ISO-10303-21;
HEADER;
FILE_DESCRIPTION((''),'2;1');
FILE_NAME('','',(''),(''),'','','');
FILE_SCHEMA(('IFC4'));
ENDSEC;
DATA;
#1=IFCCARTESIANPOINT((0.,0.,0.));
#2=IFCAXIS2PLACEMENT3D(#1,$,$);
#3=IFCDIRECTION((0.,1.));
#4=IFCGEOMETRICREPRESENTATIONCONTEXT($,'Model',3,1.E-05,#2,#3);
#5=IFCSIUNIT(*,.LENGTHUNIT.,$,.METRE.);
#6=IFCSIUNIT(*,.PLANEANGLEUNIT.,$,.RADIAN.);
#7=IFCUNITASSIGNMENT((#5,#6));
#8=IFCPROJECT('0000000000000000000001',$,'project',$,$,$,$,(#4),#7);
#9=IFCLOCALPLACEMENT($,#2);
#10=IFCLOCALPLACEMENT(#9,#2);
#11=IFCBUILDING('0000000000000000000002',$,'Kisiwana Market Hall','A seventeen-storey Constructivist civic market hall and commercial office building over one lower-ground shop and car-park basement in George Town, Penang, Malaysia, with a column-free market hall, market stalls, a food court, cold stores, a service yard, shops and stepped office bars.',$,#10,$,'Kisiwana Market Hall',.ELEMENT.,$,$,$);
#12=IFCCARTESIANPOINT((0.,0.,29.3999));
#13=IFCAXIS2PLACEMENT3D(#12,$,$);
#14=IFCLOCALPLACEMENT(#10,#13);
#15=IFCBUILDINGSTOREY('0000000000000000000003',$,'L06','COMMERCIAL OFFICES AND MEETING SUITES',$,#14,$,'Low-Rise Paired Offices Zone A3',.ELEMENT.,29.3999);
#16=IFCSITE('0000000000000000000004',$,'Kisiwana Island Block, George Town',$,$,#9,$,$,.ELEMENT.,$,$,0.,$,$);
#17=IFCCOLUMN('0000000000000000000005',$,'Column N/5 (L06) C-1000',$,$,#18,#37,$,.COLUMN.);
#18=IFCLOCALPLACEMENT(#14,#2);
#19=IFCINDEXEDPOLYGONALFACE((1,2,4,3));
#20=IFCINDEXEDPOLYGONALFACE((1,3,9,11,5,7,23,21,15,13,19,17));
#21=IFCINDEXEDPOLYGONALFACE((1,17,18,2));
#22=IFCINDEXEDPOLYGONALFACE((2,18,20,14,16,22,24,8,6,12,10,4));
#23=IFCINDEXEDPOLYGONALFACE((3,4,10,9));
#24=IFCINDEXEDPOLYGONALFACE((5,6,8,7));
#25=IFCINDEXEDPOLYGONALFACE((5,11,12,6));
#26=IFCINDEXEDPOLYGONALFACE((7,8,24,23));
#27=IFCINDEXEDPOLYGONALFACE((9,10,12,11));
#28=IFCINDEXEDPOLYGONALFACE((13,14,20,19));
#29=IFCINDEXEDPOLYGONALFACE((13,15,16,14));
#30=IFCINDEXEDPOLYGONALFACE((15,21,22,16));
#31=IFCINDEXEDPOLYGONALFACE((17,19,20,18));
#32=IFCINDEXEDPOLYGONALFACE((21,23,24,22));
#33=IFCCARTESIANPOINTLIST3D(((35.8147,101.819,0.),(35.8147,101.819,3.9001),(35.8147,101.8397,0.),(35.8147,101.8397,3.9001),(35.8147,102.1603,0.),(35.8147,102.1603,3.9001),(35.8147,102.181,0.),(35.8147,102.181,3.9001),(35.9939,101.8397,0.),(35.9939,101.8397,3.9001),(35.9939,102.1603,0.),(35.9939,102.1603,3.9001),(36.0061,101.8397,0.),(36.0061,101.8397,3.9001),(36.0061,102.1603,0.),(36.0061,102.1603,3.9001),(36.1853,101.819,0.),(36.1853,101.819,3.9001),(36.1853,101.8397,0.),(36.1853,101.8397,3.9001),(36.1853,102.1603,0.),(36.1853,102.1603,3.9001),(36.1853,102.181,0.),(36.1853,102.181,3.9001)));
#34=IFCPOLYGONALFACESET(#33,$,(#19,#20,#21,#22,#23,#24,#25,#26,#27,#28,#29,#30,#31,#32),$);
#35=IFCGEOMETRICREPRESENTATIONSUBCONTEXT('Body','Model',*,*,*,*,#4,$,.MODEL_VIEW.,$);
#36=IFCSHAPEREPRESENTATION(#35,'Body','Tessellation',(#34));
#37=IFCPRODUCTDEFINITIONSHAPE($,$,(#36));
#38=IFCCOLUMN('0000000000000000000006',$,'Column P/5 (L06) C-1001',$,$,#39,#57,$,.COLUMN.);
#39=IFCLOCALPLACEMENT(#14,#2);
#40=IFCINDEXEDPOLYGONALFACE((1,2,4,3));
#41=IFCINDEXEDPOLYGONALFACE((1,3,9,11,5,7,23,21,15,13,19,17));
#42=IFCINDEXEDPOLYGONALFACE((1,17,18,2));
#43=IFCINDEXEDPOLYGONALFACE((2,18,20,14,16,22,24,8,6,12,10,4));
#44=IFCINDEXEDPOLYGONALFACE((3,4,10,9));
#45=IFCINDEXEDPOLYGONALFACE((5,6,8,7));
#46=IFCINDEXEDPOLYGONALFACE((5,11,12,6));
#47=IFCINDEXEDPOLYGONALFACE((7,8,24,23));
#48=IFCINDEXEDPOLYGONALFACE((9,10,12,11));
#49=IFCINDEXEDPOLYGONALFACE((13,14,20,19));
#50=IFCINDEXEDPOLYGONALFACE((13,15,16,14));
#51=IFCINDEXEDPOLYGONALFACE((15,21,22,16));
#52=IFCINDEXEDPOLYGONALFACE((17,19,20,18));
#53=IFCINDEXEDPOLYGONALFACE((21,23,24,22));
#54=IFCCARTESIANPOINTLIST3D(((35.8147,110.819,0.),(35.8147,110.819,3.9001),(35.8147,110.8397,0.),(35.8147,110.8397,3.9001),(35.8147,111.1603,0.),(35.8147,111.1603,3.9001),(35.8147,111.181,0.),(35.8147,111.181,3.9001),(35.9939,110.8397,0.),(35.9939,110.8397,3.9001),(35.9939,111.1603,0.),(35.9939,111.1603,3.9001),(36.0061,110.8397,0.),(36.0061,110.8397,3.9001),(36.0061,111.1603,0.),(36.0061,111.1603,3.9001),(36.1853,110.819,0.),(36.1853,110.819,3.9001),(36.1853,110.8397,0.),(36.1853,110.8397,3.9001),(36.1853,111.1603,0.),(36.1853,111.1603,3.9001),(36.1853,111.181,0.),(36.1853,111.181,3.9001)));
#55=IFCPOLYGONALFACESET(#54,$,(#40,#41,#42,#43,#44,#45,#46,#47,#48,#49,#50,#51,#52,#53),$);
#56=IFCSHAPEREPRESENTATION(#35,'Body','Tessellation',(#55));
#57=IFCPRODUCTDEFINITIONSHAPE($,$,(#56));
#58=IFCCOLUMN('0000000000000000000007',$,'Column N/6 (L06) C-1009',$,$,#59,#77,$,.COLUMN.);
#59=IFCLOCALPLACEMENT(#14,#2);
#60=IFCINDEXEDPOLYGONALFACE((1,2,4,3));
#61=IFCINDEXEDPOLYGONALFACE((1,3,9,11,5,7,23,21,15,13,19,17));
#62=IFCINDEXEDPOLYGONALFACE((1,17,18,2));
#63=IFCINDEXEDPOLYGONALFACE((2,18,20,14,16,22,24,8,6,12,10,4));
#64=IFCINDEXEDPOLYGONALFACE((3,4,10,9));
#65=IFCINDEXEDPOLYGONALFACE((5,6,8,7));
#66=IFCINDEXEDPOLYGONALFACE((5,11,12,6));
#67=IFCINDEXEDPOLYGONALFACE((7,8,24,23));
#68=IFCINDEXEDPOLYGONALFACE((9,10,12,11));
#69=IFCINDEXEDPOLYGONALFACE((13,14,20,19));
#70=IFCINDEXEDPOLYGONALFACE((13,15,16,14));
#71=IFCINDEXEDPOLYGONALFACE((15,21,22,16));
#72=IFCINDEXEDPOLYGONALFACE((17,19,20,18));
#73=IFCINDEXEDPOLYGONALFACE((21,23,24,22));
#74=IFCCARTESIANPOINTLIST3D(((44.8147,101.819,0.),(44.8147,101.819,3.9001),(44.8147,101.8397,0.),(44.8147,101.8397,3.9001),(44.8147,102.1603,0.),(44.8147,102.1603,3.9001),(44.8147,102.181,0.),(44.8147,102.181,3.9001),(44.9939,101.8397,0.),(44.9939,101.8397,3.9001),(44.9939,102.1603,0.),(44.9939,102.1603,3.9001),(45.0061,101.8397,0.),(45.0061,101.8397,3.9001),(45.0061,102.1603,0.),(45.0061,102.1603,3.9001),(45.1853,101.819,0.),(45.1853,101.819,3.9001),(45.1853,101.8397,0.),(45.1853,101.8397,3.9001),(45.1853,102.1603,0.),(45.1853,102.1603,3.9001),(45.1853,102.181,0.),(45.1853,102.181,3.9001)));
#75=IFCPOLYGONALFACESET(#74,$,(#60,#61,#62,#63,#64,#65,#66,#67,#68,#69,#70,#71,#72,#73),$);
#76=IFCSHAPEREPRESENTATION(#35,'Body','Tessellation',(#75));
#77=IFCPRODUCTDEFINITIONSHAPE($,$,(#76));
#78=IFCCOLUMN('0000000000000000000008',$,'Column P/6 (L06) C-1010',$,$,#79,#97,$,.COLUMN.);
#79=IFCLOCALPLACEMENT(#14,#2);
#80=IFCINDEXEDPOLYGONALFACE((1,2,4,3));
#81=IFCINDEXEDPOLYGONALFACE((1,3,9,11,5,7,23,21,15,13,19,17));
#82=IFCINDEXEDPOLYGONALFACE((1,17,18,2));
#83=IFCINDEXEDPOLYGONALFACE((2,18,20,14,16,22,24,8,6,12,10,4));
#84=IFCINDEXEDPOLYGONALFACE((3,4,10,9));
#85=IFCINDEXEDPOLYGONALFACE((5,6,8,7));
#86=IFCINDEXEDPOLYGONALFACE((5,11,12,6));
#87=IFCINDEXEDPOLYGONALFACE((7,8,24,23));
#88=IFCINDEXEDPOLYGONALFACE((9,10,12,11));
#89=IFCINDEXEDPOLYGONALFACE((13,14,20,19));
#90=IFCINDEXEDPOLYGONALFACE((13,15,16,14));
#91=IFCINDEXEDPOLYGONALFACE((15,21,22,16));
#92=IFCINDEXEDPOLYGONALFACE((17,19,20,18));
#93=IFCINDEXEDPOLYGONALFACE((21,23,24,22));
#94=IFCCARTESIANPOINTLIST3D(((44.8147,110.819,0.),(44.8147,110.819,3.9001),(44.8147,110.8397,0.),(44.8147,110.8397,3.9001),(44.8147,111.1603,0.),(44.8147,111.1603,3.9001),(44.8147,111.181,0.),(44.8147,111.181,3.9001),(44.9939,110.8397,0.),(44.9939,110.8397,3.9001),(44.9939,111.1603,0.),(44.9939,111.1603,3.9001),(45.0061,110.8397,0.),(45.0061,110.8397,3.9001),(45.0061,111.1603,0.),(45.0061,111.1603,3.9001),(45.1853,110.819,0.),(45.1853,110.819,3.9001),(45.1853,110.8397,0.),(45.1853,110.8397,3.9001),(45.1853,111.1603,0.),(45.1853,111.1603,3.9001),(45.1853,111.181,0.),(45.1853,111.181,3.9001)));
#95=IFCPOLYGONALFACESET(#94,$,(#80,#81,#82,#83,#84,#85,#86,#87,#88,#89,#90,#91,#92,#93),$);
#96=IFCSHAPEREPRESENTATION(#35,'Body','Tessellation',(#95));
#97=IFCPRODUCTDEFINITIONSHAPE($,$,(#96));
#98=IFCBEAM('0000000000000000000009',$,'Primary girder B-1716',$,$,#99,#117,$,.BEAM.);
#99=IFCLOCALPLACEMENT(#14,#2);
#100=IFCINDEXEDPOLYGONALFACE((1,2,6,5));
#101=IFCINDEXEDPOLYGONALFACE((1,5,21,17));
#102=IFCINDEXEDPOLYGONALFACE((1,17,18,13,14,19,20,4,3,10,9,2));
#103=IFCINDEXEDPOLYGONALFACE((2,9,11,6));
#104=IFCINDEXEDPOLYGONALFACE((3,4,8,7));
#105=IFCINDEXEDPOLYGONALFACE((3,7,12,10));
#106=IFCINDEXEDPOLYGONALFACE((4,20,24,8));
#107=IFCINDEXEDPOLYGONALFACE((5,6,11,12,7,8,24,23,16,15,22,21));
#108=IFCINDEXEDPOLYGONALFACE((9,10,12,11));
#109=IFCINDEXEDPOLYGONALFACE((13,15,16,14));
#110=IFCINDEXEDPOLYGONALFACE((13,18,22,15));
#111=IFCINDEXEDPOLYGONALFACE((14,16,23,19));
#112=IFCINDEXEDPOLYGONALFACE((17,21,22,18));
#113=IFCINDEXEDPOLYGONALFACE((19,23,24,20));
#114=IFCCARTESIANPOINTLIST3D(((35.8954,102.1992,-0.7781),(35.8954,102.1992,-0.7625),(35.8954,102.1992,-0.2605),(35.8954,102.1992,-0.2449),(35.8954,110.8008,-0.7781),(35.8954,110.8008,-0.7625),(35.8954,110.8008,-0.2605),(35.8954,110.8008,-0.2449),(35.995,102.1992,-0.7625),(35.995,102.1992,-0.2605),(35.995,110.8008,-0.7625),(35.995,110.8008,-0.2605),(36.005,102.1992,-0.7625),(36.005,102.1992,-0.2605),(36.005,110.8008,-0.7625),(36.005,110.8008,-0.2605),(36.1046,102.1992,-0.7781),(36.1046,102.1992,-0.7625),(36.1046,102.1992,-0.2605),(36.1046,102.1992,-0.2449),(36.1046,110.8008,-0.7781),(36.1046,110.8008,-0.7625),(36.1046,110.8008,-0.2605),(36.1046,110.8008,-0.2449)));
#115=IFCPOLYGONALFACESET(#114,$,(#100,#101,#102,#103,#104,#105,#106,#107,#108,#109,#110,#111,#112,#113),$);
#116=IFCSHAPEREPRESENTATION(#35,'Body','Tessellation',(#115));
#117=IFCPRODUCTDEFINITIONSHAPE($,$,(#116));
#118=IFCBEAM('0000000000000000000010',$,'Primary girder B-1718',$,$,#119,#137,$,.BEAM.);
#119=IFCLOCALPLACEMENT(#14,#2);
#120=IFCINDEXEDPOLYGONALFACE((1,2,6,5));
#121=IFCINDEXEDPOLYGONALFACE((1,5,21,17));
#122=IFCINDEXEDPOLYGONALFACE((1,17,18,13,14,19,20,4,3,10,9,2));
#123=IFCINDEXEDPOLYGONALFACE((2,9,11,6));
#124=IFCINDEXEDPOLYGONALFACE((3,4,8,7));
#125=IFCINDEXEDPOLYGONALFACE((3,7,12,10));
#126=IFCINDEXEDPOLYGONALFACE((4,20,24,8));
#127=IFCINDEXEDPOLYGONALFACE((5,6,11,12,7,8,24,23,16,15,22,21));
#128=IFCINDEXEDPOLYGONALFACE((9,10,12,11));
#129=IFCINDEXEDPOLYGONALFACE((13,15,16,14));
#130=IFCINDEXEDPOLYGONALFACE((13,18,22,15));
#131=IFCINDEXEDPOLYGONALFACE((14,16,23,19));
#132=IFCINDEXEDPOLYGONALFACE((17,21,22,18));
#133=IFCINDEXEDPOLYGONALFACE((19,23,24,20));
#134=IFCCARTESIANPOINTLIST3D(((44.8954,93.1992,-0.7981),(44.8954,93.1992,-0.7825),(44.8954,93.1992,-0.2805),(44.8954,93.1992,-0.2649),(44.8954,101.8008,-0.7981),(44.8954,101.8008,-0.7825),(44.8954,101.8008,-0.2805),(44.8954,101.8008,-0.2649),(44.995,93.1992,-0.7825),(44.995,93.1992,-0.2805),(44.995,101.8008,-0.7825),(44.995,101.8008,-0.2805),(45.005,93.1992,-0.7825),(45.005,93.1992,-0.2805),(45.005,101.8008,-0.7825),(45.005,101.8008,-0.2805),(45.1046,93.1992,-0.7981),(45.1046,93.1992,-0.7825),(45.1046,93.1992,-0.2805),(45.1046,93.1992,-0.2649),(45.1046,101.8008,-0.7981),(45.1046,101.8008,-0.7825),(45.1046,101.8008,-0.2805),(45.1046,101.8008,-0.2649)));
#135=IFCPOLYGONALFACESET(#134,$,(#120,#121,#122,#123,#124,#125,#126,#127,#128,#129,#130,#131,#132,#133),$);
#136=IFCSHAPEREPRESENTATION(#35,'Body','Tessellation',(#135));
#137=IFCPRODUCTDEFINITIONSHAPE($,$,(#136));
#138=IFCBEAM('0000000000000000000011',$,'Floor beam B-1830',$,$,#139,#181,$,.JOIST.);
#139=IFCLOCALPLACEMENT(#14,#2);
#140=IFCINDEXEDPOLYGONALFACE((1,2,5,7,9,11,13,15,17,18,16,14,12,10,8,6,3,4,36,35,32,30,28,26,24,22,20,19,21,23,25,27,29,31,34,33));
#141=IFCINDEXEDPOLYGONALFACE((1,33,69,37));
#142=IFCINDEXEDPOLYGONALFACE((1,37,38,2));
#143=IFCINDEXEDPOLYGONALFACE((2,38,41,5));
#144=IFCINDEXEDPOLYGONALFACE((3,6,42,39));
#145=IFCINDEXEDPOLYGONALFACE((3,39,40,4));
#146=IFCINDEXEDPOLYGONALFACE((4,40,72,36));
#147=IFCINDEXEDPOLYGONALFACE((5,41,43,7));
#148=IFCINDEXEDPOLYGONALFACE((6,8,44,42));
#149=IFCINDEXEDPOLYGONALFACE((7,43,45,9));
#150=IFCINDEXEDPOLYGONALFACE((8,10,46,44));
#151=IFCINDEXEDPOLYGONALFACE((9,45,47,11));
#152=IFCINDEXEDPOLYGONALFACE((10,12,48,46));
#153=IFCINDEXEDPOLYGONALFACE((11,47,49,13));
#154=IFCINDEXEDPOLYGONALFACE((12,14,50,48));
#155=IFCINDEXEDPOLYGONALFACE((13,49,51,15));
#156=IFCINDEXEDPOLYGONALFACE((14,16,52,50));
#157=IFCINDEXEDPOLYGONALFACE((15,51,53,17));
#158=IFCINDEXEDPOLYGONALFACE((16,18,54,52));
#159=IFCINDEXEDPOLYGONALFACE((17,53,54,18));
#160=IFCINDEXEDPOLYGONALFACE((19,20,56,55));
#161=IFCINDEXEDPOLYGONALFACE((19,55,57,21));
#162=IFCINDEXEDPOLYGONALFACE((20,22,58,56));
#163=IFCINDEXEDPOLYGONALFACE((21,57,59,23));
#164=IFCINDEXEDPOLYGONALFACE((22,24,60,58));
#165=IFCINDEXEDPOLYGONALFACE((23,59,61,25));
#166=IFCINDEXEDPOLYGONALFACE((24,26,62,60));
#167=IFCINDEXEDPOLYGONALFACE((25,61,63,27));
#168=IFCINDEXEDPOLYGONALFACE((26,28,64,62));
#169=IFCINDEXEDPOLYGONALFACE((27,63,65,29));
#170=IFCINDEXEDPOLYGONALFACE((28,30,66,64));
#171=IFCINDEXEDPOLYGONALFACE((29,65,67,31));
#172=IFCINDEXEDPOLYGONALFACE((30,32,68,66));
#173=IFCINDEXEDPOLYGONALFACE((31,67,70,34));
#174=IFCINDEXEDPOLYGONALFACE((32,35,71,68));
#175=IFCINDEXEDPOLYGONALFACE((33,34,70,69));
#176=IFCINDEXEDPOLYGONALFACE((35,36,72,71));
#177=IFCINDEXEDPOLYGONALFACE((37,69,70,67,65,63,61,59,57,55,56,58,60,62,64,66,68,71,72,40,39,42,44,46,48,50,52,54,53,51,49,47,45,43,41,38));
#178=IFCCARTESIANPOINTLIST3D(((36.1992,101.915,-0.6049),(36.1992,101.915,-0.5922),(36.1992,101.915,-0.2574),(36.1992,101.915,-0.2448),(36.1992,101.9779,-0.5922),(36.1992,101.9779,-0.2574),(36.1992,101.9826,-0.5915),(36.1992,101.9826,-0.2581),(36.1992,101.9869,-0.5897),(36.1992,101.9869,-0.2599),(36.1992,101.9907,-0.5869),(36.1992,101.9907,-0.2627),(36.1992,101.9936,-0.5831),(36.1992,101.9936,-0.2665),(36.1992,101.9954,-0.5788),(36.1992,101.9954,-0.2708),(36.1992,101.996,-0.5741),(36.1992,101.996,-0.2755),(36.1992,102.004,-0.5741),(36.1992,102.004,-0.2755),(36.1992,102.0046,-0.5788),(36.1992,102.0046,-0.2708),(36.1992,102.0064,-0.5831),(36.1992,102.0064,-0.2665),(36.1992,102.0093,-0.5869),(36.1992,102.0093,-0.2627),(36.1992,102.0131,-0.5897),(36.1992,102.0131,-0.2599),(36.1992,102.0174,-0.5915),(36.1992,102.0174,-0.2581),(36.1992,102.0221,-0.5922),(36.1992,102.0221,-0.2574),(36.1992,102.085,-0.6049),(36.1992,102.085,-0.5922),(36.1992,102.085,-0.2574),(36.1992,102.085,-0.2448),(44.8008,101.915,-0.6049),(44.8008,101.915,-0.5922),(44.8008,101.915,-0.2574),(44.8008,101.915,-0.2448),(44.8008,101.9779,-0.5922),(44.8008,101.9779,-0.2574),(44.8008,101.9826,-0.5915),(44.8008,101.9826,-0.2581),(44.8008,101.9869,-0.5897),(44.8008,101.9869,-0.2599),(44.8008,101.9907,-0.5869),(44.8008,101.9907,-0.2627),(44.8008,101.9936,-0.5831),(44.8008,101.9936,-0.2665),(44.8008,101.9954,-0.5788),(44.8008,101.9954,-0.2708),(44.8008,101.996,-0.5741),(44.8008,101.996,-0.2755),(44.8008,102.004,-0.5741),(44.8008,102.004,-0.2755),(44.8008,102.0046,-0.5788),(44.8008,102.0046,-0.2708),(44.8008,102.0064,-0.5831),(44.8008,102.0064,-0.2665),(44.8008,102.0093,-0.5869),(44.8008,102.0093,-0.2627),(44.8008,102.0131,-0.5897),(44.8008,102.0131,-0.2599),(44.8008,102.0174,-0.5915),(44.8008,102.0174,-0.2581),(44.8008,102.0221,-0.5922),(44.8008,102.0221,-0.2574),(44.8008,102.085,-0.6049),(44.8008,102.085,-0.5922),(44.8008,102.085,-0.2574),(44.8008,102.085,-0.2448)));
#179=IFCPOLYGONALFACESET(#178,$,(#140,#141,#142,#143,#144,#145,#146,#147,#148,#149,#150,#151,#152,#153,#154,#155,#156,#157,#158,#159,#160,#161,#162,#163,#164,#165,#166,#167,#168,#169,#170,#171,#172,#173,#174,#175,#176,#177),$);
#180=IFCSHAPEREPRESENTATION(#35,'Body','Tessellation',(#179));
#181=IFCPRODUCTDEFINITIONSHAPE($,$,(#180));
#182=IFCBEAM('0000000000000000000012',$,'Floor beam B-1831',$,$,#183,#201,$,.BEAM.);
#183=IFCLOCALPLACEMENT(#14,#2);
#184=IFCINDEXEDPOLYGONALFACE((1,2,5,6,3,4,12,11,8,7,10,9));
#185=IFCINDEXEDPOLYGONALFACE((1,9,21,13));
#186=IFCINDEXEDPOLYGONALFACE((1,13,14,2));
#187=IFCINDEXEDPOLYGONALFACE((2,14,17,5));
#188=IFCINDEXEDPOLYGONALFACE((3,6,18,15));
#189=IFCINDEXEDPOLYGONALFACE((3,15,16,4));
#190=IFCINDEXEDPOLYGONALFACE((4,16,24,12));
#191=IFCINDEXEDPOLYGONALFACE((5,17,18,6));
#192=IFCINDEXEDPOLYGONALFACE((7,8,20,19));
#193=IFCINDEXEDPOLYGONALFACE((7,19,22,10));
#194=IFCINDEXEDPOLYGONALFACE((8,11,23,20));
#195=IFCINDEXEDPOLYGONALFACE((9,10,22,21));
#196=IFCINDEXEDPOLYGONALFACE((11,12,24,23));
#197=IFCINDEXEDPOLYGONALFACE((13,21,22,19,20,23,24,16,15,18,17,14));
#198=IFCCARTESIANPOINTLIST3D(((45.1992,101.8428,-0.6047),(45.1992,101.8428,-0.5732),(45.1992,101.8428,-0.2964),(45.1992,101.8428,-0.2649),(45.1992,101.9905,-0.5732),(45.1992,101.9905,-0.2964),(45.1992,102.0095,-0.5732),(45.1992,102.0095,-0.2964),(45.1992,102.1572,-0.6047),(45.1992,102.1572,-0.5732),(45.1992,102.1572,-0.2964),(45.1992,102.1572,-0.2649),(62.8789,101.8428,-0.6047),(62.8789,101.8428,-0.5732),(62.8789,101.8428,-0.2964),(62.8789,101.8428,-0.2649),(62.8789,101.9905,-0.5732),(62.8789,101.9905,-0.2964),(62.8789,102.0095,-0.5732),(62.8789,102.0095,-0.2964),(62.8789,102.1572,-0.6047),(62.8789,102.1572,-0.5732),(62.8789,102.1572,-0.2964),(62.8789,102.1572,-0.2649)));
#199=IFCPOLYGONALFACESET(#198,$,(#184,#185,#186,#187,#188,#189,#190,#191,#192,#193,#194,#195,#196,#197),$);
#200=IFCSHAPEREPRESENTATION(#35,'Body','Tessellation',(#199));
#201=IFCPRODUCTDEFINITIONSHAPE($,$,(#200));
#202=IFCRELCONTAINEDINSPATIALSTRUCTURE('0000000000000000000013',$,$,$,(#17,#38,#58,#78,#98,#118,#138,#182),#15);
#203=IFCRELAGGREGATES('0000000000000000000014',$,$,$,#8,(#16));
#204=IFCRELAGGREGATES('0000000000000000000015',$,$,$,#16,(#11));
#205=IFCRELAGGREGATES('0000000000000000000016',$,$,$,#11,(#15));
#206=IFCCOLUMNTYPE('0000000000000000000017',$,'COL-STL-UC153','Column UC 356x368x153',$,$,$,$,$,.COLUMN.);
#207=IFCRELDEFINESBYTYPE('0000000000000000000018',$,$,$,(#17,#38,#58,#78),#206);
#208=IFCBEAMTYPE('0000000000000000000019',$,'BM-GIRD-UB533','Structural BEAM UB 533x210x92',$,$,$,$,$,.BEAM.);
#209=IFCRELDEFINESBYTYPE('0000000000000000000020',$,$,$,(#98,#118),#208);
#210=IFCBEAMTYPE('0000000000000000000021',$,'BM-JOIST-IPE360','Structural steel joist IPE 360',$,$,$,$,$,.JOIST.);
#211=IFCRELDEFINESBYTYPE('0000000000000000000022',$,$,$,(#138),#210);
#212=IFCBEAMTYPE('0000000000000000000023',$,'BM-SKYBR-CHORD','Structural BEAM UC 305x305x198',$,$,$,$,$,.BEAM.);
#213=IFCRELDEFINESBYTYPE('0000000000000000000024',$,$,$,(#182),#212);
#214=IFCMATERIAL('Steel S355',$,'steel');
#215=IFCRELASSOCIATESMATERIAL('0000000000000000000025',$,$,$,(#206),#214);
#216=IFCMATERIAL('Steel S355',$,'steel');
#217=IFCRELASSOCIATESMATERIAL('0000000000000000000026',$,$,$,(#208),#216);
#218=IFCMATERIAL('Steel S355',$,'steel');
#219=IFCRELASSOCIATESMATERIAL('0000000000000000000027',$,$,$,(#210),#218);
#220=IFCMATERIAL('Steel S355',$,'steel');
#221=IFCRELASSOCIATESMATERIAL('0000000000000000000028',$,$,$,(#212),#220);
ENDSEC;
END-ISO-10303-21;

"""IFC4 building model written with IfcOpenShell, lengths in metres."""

from ifc_helpers import new_model, si_unit, direction, frame, origin, origin_2d, place, context, subcontext, project, spatial, i_section, extrude, material, material_profile, profile_set, type_object, element, save


model = new_model("IFC4")

# Units and contexts
model_context = context("Model", 3, precision=1e-05, world=origin(), true_north=direction((0.0, 1.0)))
body_context = subcontext(model_context, "Body", "Model", "MODEL_VIEW")
ifc_project = project(units=[si_unit("LENGTHUNIT", "METRE"), si_unit("PLANEANGLEUNIT", "RADIAN")], contexts=[model_context])

# Site, building, storey
site_placement = place(None, origin())
site = spatial("IfcSite", under=ifc_project, at=site_placement, Name="Kisiwana Island Block, George Town", CompositionType="ELEMENT", RefElevation=0.0)
building_placement = place(site_placement, origin())
building = spatial("IfcBuilding", under=site, at=building_placement, Name="Kisiwana Market Hall", Description="A seventeen-storey Constructivist civic market hall and commercial office building over one lower-ground shop and car-park basement in George Town, Penang, Malaysia, with a column-free market hall, market stalls, a food court, cold stores, a service yard, shops and stepped office bars.", LongName="Kisiwana Market Hall", CompositionType="ELEMENT")
storey_placement = place(building_placement, frame((0.0, 0.0, 29.3999)))
storey = spatial("IfcBuildingStorey", under=building, at=storey_placement, Name="L06", Description="COMMERCIAL OFFICES AND MEETING SUITES", LongName="Low-Rise Paired Offices Zone A3", CompositionType="ELEMENT", Elevation=29.3999)

# Columns
ifc_material_1 = material(Name="Steel S355", Category="steel")
ifc_material_profile_1 = material_profile(ifc_material_1, i_section(OverallWidth=0.3706, OverallDepth=0.3621, WebThickness=0.0122, FlangeThickness=0.0208, at=origin_2d()), Name="UC 356x368x153")
ifc_profile_set_1 = profile_set([ifc_material_profile_1], Name="Steel S355")
column_type = type_object("IfcColumnType", Name="COL-STL-UC153", Description="Column UC 356x368x153", PredefinedType="COLUMN", material=ifc_profile_set_1)
for number, where, z_axis, x_axis, name in (
    (1, (36.0, 102.0, 0.0), (0.0, 0.0, 1.0), (1.0, 0.0, 0.0), "Column N/5 (L06) C-1000"),
    (2, (36.0, 111.0, 0.0), (0.0, 0.0, 1.0), (1.0, 0.0, 0.0), "Column P/5 (L06) C-1001"),
    (3, (45.0, 102.0, 0.0), (0.0, 0.0, 1.0), (1.0, 0.0, 0.0), "Column N/6 (L06) C-1009"),
    (4, (45.0, 111.0, 0.0), (0.0, 0.0, 1.0), (1.0, 0.0, 0.0), "Column P/6 (L06) C-1010"),
):
    element("IfcColumn", number, at=place(storey_placement, frame(where, z_axis=z_axis, x_axis=x_axis)), inside=storey, type_object=column_type, Name=name, PredefinedType="COLUMN", context=body_context, shape_type="SweptSolid", body=[
        extrude(i_section(OverallWidth=0.3706, OverallDepth=0.3621, WebThickness=0.0122, FlangeThickness=0.0208, at=origin_2d()), origin(), (0.0, 0.0, 1.0), 3.9001),
    ])

# Beams
ifc_material_2 = material(Name="Steel S355", Category="steel")
ifc_material_profile_2 = material_profile(ifc_material_2, i_section(OverallWidth=0.2092, OverallDepth=0.5332, WebThickness=0.01, FlangeThickness=0.0156, at=origin_2d()), Name="UB 533x210x92")
ifc_profile_set_2 = profile_set([ifc_material_profile_2], Name="Steel S355")
beam_type_1 = type_object("IfcBeamType", Name="BM-GIRD-UB533", Description="Structural BEAM UB 533x210x92", PredefinedType="BEAM", material=ifc_profile_set_2)
for number, where, z_axis, x_axis, name in (
    (5, (36.0, 102.1992, -0.5115), (0.0, 1.0, 0.0), (-1.0, 0.0, 0.0), "Primary girder B-1716"),
    (6, (45.0, 93.1992, -0.5315), (0.0, 1.0, 0.0), (-1.0, 0.0, 0.0), "Primary girder B-1718"),
):
    element("IfcBeam", number, at=place(storey_placement, frame(where, z_axis=z_axis, x_axis=x_axis)), inside=storey, type_object=beam_type_1, Name=name, PredefinedType="BEAM", context=body_context, shape_type="SweptSolid", body=[
        extrude(i_section(OverallWidth=0.2092, OverallDepth=0.5332, WebThickness=0.01, FlangeThickness=0.0156, at=origin_2d()), origin(), (0.0, 0.0, 1.0), 8.6016),
    ])
ifc_material_3 = material(Name="Steel S355", Category="steel")
ifc_material_profile_3 = material_profile(ifc_material_3, i_section(OverallWidth=0.1699, OverallDepth=0.3601, WebThickness=0.0081, FlangeThickness=0.0127, FilletRadius=0.0181, at=origin_2d()), Name="IPE 360")
ifc_profile_set_3 = profile_set([ifc_material_profile_3], Name="Steel S355")
beam_type_2 = type_object("IfcBeamType", Name="BM-JOIST-IPE360", Description="Structural steel joist IPE 360", PredefinedType="JOIST", material=ifc_profile_set_3)
beam_1_placement = place(storey_placement, frame((36.1992, 102.0, -0.4248), z_axis=(1.0, 0.0, 0.0), x_axis=(0.0, 1.0, 0.0)))
element("IfcBeam", 7, at=beam_1_placement, inside=storey, type_object=beam_type_2, Name="Floor beam B-1830", PredefinedType="JOIST", context=body_context, shape_type="SweptSolid", body=[
    extrude(i_section(OverallWidth=0.1699, OverallDepth=0.3601, WebThickness=0.0081, FlangeThickness=0.0127, FilletRadius=0.0181, at=origin_2d()), origin(), (0.0, 0.0, 1.0), 8.6016),
])
ifc_material_4 = material(Name="Steel S355", Category="steel")
ifc_material_profile_4 = material_profile(ifc_material_4, i_section(OverallWidth=0.3145, OverallDepth=0.3398, WebThickness=0.019, FlangeThickness=0.0315, at=origin_2d()), Name="UC 305x305x198")
ifc_profile_set_4 = profile_set([ifc_material_profile_4], Name="Steel S355")
beam_type_3 = type_object("IfcBeamType", Name="BM-SKYBR-CHORD", Description="Structural BEAM UC 305x305x198", PredefinedType="BEAM", material=ifc_profile_set_4)
beam_2_placement = place(storey_placement, frame((45.1992, 102.0, -0.4348), z_axis=(1.0, 0.0, 0.0), x_axis=(0.0, 1.0, 0.0)))
element("IfcBeam", 8, at=beam_2_placement, inside=storey, type_object=beam_type_3, Name="Floor beam B-1831", PredefinedType="BEAM", context=body_context, shape_type="SweptSolid", body=[
    extrude(i_section(OverallWidth=0.3145, OverallDepth=0.3398, WebThickness=0.019, FlangeThickness=0.0315, at=origin_2d()), origin(), (0.0, 0.0, 1.0), 17.6797),
])

save(model, "model.ifc")
